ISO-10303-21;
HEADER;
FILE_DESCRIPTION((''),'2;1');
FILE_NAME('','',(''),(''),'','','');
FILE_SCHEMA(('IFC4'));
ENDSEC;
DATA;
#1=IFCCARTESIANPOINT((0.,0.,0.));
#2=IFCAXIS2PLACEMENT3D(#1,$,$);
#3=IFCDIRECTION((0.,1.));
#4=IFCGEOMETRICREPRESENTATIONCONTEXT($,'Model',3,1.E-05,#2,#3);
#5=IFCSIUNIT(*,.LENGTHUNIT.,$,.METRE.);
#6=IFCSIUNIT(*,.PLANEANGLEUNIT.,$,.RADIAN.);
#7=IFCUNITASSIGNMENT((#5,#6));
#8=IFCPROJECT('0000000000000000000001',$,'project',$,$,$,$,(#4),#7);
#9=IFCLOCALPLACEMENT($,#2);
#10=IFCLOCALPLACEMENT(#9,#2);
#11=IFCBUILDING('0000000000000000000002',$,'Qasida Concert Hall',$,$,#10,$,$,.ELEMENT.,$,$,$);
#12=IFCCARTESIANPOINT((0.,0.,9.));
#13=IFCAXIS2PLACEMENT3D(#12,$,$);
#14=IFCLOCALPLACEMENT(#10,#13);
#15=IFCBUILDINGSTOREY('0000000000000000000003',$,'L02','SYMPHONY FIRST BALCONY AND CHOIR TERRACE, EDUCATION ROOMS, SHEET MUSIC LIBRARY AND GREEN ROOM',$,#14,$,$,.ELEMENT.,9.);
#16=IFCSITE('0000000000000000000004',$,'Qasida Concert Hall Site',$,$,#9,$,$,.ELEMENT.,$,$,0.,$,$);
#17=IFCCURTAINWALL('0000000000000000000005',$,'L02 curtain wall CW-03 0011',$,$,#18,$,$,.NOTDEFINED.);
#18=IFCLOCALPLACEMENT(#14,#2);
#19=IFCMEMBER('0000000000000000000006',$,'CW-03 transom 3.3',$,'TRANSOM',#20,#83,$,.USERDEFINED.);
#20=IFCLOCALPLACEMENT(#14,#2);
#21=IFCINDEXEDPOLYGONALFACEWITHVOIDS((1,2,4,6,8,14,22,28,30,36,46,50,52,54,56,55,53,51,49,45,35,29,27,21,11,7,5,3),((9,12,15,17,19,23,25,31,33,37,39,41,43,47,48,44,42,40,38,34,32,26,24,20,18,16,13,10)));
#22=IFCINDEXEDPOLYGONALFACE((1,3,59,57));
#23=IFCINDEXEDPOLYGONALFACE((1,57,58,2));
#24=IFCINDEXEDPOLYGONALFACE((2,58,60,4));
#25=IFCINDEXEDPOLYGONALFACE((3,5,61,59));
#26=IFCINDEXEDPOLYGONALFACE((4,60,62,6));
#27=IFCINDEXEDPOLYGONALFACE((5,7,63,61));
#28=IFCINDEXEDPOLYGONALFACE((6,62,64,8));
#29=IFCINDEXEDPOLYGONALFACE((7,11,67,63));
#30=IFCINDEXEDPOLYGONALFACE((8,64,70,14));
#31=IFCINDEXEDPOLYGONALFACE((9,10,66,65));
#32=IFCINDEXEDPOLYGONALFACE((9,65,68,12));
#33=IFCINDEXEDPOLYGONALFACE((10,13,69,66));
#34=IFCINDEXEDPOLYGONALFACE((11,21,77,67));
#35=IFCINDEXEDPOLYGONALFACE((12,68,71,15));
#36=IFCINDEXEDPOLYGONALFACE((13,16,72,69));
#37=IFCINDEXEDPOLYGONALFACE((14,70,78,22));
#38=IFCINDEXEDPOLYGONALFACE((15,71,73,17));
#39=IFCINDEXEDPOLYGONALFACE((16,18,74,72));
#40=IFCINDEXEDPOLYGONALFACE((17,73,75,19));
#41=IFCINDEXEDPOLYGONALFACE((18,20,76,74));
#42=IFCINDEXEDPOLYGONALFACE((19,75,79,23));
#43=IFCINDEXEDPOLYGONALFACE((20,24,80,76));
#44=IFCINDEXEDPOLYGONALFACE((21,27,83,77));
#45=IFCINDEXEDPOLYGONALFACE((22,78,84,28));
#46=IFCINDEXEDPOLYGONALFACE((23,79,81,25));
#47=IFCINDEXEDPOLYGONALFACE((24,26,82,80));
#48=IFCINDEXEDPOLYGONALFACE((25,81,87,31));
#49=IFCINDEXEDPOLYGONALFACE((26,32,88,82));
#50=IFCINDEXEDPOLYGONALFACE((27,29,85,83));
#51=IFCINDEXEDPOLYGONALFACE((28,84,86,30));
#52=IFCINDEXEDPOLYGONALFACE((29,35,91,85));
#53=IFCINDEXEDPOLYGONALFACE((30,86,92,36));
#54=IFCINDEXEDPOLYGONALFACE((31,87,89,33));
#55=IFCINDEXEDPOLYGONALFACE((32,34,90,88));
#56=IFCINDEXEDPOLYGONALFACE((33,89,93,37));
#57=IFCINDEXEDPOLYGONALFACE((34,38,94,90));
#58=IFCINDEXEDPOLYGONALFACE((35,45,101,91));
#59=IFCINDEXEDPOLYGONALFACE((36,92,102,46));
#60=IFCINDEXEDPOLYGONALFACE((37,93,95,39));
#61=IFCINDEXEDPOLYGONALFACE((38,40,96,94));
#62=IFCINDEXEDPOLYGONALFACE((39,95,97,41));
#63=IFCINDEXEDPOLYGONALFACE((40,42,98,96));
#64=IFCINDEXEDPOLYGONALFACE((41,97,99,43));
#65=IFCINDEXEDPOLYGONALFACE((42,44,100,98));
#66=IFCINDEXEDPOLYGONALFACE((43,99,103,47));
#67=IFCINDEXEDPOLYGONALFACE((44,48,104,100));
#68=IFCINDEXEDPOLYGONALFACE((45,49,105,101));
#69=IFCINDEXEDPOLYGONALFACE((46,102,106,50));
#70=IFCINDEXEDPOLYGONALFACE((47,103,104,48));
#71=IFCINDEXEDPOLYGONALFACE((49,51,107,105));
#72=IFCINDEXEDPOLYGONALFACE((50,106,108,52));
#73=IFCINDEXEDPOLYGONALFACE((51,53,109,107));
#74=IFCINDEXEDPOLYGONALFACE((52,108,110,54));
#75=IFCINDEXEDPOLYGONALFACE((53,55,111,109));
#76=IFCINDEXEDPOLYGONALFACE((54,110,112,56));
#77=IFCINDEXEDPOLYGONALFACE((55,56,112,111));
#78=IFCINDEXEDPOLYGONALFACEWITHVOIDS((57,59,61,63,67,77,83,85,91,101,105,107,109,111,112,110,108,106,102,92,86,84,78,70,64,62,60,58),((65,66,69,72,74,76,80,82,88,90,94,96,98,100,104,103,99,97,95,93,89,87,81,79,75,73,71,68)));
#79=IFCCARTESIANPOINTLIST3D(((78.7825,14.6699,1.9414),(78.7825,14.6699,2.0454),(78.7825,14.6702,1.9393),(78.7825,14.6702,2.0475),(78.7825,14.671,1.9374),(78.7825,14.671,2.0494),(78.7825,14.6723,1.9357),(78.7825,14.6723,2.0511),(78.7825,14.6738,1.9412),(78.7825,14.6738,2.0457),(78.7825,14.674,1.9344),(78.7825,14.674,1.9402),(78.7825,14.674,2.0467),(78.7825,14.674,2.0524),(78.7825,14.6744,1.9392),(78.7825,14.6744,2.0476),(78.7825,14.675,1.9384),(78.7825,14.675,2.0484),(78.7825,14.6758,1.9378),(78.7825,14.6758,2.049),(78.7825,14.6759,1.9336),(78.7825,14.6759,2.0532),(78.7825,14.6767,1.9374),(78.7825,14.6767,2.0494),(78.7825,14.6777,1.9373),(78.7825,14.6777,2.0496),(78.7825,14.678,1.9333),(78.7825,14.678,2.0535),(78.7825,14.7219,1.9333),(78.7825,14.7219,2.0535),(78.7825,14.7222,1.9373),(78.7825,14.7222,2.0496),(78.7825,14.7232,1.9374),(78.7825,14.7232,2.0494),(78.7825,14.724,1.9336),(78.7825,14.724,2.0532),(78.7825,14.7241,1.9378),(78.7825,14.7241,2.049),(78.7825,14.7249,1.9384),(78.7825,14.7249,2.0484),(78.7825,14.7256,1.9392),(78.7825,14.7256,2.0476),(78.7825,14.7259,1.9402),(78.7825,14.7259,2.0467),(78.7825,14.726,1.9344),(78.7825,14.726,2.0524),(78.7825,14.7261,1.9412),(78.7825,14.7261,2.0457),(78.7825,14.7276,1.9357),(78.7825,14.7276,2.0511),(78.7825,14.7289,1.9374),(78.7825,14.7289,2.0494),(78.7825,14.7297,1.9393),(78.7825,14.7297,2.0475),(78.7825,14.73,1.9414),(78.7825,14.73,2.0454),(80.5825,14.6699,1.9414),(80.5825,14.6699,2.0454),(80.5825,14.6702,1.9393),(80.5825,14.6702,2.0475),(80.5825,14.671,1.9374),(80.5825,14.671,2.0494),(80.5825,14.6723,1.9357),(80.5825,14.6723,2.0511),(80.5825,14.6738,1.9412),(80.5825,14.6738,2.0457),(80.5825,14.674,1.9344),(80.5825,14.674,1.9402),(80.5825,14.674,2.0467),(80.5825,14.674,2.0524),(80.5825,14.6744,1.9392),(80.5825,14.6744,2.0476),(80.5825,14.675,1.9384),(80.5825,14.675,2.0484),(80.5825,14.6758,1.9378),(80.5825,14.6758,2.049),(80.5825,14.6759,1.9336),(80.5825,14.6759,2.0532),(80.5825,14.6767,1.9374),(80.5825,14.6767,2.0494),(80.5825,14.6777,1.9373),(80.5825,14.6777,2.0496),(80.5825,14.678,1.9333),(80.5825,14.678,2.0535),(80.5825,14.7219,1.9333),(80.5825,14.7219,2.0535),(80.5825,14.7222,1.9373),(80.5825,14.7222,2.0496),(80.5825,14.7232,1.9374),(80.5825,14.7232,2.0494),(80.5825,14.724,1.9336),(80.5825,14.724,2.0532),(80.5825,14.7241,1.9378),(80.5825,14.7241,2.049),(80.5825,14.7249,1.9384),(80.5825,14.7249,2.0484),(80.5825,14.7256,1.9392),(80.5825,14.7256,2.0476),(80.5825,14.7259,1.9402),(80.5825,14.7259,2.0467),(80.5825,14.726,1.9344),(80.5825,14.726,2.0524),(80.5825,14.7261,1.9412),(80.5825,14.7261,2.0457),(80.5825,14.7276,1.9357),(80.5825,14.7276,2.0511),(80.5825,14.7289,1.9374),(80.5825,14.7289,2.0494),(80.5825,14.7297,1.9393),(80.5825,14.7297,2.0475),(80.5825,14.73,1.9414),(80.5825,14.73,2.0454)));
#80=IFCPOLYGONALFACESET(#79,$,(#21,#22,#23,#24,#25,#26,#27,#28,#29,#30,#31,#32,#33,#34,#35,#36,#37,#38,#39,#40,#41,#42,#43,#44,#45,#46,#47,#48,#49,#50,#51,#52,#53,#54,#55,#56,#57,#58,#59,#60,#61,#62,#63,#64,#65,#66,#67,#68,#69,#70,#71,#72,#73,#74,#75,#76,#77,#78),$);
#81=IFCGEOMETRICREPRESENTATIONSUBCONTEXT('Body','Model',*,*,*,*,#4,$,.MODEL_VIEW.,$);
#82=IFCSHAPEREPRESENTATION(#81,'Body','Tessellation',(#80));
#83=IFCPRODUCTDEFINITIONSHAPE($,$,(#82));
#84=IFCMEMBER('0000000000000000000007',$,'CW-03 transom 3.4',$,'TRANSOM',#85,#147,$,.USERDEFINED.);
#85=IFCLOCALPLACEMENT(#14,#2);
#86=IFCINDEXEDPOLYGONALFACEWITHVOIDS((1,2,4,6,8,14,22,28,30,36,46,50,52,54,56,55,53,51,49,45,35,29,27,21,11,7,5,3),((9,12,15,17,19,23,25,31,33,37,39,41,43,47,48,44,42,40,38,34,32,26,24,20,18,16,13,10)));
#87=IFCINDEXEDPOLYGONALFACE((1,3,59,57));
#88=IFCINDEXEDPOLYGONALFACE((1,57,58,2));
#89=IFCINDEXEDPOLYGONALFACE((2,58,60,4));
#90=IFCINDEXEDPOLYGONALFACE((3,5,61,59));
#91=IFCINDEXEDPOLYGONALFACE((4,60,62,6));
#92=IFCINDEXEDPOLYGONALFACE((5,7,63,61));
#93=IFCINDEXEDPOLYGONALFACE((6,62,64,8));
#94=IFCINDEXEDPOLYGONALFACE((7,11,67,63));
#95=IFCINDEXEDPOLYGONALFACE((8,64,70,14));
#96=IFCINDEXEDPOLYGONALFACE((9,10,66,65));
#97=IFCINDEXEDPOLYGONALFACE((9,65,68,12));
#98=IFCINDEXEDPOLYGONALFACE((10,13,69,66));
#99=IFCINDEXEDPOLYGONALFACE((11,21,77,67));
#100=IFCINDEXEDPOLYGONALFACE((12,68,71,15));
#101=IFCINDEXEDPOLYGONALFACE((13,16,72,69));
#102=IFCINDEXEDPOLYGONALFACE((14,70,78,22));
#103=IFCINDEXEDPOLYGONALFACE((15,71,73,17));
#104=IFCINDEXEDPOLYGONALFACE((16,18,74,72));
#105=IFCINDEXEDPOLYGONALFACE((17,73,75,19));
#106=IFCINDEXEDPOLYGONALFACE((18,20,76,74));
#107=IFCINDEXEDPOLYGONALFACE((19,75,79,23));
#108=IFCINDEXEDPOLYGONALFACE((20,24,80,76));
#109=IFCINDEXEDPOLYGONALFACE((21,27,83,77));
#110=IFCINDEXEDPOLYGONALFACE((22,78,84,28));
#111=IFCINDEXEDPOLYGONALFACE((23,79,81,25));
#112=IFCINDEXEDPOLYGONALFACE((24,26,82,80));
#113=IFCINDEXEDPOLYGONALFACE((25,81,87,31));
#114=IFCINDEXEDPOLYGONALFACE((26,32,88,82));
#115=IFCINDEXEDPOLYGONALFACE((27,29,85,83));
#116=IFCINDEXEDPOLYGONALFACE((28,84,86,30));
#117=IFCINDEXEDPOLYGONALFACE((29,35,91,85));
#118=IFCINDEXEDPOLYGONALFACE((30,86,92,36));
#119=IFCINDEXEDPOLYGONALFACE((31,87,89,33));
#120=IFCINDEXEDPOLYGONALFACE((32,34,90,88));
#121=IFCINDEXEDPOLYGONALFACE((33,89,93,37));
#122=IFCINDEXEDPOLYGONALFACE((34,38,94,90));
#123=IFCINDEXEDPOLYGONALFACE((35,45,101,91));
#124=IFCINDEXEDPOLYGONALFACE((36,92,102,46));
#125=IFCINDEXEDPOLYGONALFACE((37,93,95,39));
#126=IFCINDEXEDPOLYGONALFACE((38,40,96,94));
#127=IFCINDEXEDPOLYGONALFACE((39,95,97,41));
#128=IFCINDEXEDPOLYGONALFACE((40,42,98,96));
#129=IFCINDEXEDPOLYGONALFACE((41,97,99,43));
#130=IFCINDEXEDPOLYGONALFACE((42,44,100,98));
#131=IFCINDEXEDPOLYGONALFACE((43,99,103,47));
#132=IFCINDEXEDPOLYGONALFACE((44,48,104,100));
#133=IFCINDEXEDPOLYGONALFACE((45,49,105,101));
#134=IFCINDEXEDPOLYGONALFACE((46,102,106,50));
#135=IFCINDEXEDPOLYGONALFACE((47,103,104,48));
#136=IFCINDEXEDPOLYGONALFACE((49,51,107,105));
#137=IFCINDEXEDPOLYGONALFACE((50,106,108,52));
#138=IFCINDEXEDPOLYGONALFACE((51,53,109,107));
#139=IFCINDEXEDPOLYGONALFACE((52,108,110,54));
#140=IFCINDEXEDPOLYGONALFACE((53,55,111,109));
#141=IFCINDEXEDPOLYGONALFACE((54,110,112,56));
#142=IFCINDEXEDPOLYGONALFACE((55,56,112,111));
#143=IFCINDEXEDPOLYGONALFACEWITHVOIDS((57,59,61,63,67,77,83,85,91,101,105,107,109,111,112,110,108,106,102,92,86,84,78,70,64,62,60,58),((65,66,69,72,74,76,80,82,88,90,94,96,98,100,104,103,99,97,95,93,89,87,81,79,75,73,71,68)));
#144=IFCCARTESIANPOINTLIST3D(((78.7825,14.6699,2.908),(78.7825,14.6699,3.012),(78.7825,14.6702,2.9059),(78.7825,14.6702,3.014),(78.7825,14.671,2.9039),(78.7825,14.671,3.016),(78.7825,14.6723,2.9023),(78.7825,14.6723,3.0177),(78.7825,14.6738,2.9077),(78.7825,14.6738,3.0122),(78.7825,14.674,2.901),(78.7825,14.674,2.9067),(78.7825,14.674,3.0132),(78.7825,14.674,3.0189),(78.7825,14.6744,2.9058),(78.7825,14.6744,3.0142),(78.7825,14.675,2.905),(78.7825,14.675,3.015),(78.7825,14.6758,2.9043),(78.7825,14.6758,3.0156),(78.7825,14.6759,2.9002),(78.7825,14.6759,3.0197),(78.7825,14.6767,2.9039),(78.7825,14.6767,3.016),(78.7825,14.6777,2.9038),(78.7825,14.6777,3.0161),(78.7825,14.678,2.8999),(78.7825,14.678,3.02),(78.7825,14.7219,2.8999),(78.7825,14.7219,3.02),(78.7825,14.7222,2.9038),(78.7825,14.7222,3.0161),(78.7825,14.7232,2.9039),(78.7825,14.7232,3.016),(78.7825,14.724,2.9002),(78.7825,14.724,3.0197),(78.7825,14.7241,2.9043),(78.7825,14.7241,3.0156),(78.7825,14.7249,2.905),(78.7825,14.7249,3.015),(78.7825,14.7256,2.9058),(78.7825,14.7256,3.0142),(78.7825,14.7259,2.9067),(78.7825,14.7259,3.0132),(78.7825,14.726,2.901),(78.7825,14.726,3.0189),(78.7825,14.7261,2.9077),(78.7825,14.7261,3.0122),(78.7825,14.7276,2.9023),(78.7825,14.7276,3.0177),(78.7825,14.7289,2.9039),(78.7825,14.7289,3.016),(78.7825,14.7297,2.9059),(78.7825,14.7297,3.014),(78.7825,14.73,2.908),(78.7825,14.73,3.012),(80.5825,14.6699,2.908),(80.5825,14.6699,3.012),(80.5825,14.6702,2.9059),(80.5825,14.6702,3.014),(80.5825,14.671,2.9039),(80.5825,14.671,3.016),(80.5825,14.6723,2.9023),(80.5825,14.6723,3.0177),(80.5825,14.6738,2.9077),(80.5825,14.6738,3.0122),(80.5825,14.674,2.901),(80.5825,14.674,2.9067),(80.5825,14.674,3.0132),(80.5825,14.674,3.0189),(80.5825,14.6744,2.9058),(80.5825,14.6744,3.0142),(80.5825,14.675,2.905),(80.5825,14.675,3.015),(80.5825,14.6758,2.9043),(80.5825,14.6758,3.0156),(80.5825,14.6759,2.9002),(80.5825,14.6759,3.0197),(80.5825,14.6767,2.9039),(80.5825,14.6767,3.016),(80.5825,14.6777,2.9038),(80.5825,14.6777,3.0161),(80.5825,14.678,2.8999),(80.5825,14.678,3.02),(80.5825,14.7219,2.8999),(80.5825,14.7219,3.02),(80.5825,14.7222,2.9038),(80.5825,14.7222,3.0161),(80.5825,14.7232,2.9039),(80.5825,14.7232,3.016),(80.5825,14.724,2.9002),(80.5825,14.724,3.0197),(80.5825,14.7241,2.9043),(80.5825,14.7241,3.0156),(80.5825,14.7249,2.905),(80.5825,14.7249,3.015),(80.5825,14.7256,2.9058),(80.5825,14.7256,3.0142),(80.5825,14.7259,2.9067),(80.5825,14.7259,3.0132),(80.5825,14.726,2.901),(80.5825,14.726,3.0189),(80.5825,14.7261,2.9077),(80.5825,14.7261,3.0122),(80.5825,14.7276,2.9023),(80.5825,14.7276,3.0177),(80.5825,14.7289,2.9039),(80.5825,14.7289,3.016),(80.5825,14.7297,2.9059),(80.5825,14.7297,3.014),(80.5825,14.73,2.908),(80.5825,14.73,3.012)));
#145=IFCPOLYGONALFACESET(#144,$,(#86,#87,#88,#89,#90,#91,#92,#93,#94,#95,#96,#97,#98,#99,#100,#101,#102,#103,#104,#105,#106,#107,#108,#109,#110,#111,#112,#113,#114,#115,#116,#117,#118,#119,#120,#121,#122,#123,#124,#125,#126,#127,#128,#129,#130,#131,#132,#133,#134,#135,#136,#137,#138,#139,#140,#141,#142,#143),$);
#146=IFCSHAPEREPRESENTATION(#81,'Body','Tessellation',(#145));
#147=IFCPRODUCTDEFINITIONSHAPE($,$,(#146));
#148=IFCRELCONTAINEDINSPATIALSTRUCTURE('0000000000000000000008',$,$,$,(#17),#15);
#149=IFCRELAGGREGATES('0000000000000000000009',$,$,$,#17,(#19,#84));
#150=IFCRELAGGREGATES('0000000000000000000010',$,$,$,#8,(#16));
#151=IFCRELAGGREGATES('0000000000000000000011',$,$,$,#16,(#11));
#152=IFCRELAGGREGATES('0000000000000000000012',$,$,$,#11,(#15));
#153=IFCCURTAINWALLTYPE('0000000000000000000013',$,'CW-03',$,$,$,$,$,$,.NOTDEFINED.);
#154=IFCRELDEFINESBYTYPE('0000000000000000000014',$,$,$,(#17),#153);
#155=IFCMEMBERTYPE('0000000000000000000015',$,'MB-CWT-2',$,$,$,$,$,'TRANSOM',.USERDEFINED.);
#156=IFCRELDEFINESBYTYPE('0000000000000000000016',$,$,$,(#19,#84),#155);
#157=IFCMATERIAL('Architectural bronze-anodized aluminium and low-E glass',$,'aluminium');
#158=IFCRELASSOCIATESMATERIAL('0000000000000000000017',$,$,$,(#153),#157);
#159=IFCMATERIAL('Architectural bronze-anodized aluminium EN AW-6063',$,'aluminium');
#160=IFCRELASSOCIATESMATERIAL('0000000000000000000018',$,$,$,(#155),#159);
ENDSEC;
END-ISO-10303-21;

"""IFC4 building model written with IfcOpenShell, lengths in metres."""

from ifc_helpers import new_model, si_unit, direction, frame, origin, origin_2d, place, context, subcontext, project, spatial, hollow_rectangle, extrude, material, material_profile, profile_set, type_object, element, aggregate, save


model = new_model("IFC4")

# Units and contexts
model_context = context("Model", 3, precision=1e-05, world=origin(), true_north=direction((0.0, 1.0)))
body_context = subcontext(model_context, "Body", "Model", "MODEL_VIEW")
ifc_project = project(units=[si_unit("LENGTHUNIT", "METRE"), si_unit("PLANEANGLEUNIT", "RADIAN")], contexts=[model_context])

# Site, building, storey
site_placement = place(None, origin())
site = spatial("IfcSite", under=ifc_project, at=site_placement, Name="Qasida Concert Hall Site", CompositionType="ELEMENT", RefElevation=0.0)
building_placement = place(site_placement, origin())
building = spatial("IfcBuilding", under=site, at=building_placement, Name="Qasida Concert Hall", CompositionType="ELEMENT")
storey_placement = place(building_placement, frame((0.0, 0.0, 9.0)))
storey = spatial("IfcBuildingStorey", under=building, at=storey_placement, Name="L02", Description="SYMPHONY FIRST BALCONY AND CHOIR TERRACE, EDUCATION ROOMS, SHEET MUSIC LIBRARY AND GREEN ROOM", CompositionType="ELEMENT", Elevation=9.0)

# Curtain wall, members
ifc_material_1 = material(Name="Architectural bronze-anodized aluminium and low-E glass", Category="aluminium")
curtain_wall_type = type_object("IfcCurtainWallType", Name="CW-03", PredefinedType="NOTDEFINED", material=ifc_material_1)
curtain_wall_placement = place(storey_placement, origin())
curtain_wall = element("IfcCurtainWall", 1, at=curtain_wall_placement, inside=storey, type_object=curtain_wall_type, Name="L02 curtain wall CW-03 0011", PredefinedType="NOTDEFINED")
ifc_material_2 = material(Name="Architectural bronze-anodized aluminium EN AW-6063", Category="aluminium")
ifc_material_profile_1 = material_profile(ifc_material_2, hollow_rectangle(XDim=0.0601, YDim=0.1201, WallThickness=0.0039, InnerFilletRadius=0.0039, OuterFilletRadius=0.0081, at=origin_2d()), Name="CWT 120x60x4")
ifc_profile_set_1 = profile_set([ifc_material_profile_1], Name="Architectural bronze-anodized aluminium EN AW-6063")
member_type_1 = type_object("IfcMemberType", Name="MB-CWT-2", ElementType="TRANSOM", PredefinedType="USERDEFINED", material=ifc_profile_set_1)
member_1_placement = place(storey_placement, frame((78.7825, 14.7, 1.9934), z_axis=(1.0, 0.0, 0.0), x_axis=(0.0, 1.0, 0.0)))
member_1 = element("IfcMember", 2, at=member_1_placement, type_object=member_type_1, Name="CW-03 transom 3.3", ObjectType="TRANSOM", PredefinedType="USERDEFINED", context=body_context, shape_type="SweptSolid", body=[
    extrude(hollow_rectangle(XDim=0.0601, YDim=0.1201, WallThickness=0.0039, InnerFilletRadius=0.0039, OuterFilletRadius=0.0081, at=origin_2d()), origin(), (0.0, 0.0, 1.0), 1.8),
])
member_2_placement = place(storey_placement, frame((78.7825, 14.7, 2.96), z_axis=(1.0, 0.0, 0.0), x_axis=(0.0, 1.0, 0.0)))
member_2 = element("IfcMember", 3, at=member_2_placement, type_object=member_type_1, Name="CW-03 transom 3.4", ObjectType="TRANSOM", PredefinedType="USERDEFINED", context=body_context, shape_type="SweptSolid", body=[
    extrude(hollow_rectangle(XDim=0.0601, YDim=0.1201, WallThickness=0.0039, InnerFilletRadius=0.0039, OuterFilletRadius=0.0081, at=origin_2d()), origin(), (0.0, 0.0, 1.0), 1.8),
])
aggregate(curtain_wall, [member_1, member_2])

save(model, "model.ifc")
